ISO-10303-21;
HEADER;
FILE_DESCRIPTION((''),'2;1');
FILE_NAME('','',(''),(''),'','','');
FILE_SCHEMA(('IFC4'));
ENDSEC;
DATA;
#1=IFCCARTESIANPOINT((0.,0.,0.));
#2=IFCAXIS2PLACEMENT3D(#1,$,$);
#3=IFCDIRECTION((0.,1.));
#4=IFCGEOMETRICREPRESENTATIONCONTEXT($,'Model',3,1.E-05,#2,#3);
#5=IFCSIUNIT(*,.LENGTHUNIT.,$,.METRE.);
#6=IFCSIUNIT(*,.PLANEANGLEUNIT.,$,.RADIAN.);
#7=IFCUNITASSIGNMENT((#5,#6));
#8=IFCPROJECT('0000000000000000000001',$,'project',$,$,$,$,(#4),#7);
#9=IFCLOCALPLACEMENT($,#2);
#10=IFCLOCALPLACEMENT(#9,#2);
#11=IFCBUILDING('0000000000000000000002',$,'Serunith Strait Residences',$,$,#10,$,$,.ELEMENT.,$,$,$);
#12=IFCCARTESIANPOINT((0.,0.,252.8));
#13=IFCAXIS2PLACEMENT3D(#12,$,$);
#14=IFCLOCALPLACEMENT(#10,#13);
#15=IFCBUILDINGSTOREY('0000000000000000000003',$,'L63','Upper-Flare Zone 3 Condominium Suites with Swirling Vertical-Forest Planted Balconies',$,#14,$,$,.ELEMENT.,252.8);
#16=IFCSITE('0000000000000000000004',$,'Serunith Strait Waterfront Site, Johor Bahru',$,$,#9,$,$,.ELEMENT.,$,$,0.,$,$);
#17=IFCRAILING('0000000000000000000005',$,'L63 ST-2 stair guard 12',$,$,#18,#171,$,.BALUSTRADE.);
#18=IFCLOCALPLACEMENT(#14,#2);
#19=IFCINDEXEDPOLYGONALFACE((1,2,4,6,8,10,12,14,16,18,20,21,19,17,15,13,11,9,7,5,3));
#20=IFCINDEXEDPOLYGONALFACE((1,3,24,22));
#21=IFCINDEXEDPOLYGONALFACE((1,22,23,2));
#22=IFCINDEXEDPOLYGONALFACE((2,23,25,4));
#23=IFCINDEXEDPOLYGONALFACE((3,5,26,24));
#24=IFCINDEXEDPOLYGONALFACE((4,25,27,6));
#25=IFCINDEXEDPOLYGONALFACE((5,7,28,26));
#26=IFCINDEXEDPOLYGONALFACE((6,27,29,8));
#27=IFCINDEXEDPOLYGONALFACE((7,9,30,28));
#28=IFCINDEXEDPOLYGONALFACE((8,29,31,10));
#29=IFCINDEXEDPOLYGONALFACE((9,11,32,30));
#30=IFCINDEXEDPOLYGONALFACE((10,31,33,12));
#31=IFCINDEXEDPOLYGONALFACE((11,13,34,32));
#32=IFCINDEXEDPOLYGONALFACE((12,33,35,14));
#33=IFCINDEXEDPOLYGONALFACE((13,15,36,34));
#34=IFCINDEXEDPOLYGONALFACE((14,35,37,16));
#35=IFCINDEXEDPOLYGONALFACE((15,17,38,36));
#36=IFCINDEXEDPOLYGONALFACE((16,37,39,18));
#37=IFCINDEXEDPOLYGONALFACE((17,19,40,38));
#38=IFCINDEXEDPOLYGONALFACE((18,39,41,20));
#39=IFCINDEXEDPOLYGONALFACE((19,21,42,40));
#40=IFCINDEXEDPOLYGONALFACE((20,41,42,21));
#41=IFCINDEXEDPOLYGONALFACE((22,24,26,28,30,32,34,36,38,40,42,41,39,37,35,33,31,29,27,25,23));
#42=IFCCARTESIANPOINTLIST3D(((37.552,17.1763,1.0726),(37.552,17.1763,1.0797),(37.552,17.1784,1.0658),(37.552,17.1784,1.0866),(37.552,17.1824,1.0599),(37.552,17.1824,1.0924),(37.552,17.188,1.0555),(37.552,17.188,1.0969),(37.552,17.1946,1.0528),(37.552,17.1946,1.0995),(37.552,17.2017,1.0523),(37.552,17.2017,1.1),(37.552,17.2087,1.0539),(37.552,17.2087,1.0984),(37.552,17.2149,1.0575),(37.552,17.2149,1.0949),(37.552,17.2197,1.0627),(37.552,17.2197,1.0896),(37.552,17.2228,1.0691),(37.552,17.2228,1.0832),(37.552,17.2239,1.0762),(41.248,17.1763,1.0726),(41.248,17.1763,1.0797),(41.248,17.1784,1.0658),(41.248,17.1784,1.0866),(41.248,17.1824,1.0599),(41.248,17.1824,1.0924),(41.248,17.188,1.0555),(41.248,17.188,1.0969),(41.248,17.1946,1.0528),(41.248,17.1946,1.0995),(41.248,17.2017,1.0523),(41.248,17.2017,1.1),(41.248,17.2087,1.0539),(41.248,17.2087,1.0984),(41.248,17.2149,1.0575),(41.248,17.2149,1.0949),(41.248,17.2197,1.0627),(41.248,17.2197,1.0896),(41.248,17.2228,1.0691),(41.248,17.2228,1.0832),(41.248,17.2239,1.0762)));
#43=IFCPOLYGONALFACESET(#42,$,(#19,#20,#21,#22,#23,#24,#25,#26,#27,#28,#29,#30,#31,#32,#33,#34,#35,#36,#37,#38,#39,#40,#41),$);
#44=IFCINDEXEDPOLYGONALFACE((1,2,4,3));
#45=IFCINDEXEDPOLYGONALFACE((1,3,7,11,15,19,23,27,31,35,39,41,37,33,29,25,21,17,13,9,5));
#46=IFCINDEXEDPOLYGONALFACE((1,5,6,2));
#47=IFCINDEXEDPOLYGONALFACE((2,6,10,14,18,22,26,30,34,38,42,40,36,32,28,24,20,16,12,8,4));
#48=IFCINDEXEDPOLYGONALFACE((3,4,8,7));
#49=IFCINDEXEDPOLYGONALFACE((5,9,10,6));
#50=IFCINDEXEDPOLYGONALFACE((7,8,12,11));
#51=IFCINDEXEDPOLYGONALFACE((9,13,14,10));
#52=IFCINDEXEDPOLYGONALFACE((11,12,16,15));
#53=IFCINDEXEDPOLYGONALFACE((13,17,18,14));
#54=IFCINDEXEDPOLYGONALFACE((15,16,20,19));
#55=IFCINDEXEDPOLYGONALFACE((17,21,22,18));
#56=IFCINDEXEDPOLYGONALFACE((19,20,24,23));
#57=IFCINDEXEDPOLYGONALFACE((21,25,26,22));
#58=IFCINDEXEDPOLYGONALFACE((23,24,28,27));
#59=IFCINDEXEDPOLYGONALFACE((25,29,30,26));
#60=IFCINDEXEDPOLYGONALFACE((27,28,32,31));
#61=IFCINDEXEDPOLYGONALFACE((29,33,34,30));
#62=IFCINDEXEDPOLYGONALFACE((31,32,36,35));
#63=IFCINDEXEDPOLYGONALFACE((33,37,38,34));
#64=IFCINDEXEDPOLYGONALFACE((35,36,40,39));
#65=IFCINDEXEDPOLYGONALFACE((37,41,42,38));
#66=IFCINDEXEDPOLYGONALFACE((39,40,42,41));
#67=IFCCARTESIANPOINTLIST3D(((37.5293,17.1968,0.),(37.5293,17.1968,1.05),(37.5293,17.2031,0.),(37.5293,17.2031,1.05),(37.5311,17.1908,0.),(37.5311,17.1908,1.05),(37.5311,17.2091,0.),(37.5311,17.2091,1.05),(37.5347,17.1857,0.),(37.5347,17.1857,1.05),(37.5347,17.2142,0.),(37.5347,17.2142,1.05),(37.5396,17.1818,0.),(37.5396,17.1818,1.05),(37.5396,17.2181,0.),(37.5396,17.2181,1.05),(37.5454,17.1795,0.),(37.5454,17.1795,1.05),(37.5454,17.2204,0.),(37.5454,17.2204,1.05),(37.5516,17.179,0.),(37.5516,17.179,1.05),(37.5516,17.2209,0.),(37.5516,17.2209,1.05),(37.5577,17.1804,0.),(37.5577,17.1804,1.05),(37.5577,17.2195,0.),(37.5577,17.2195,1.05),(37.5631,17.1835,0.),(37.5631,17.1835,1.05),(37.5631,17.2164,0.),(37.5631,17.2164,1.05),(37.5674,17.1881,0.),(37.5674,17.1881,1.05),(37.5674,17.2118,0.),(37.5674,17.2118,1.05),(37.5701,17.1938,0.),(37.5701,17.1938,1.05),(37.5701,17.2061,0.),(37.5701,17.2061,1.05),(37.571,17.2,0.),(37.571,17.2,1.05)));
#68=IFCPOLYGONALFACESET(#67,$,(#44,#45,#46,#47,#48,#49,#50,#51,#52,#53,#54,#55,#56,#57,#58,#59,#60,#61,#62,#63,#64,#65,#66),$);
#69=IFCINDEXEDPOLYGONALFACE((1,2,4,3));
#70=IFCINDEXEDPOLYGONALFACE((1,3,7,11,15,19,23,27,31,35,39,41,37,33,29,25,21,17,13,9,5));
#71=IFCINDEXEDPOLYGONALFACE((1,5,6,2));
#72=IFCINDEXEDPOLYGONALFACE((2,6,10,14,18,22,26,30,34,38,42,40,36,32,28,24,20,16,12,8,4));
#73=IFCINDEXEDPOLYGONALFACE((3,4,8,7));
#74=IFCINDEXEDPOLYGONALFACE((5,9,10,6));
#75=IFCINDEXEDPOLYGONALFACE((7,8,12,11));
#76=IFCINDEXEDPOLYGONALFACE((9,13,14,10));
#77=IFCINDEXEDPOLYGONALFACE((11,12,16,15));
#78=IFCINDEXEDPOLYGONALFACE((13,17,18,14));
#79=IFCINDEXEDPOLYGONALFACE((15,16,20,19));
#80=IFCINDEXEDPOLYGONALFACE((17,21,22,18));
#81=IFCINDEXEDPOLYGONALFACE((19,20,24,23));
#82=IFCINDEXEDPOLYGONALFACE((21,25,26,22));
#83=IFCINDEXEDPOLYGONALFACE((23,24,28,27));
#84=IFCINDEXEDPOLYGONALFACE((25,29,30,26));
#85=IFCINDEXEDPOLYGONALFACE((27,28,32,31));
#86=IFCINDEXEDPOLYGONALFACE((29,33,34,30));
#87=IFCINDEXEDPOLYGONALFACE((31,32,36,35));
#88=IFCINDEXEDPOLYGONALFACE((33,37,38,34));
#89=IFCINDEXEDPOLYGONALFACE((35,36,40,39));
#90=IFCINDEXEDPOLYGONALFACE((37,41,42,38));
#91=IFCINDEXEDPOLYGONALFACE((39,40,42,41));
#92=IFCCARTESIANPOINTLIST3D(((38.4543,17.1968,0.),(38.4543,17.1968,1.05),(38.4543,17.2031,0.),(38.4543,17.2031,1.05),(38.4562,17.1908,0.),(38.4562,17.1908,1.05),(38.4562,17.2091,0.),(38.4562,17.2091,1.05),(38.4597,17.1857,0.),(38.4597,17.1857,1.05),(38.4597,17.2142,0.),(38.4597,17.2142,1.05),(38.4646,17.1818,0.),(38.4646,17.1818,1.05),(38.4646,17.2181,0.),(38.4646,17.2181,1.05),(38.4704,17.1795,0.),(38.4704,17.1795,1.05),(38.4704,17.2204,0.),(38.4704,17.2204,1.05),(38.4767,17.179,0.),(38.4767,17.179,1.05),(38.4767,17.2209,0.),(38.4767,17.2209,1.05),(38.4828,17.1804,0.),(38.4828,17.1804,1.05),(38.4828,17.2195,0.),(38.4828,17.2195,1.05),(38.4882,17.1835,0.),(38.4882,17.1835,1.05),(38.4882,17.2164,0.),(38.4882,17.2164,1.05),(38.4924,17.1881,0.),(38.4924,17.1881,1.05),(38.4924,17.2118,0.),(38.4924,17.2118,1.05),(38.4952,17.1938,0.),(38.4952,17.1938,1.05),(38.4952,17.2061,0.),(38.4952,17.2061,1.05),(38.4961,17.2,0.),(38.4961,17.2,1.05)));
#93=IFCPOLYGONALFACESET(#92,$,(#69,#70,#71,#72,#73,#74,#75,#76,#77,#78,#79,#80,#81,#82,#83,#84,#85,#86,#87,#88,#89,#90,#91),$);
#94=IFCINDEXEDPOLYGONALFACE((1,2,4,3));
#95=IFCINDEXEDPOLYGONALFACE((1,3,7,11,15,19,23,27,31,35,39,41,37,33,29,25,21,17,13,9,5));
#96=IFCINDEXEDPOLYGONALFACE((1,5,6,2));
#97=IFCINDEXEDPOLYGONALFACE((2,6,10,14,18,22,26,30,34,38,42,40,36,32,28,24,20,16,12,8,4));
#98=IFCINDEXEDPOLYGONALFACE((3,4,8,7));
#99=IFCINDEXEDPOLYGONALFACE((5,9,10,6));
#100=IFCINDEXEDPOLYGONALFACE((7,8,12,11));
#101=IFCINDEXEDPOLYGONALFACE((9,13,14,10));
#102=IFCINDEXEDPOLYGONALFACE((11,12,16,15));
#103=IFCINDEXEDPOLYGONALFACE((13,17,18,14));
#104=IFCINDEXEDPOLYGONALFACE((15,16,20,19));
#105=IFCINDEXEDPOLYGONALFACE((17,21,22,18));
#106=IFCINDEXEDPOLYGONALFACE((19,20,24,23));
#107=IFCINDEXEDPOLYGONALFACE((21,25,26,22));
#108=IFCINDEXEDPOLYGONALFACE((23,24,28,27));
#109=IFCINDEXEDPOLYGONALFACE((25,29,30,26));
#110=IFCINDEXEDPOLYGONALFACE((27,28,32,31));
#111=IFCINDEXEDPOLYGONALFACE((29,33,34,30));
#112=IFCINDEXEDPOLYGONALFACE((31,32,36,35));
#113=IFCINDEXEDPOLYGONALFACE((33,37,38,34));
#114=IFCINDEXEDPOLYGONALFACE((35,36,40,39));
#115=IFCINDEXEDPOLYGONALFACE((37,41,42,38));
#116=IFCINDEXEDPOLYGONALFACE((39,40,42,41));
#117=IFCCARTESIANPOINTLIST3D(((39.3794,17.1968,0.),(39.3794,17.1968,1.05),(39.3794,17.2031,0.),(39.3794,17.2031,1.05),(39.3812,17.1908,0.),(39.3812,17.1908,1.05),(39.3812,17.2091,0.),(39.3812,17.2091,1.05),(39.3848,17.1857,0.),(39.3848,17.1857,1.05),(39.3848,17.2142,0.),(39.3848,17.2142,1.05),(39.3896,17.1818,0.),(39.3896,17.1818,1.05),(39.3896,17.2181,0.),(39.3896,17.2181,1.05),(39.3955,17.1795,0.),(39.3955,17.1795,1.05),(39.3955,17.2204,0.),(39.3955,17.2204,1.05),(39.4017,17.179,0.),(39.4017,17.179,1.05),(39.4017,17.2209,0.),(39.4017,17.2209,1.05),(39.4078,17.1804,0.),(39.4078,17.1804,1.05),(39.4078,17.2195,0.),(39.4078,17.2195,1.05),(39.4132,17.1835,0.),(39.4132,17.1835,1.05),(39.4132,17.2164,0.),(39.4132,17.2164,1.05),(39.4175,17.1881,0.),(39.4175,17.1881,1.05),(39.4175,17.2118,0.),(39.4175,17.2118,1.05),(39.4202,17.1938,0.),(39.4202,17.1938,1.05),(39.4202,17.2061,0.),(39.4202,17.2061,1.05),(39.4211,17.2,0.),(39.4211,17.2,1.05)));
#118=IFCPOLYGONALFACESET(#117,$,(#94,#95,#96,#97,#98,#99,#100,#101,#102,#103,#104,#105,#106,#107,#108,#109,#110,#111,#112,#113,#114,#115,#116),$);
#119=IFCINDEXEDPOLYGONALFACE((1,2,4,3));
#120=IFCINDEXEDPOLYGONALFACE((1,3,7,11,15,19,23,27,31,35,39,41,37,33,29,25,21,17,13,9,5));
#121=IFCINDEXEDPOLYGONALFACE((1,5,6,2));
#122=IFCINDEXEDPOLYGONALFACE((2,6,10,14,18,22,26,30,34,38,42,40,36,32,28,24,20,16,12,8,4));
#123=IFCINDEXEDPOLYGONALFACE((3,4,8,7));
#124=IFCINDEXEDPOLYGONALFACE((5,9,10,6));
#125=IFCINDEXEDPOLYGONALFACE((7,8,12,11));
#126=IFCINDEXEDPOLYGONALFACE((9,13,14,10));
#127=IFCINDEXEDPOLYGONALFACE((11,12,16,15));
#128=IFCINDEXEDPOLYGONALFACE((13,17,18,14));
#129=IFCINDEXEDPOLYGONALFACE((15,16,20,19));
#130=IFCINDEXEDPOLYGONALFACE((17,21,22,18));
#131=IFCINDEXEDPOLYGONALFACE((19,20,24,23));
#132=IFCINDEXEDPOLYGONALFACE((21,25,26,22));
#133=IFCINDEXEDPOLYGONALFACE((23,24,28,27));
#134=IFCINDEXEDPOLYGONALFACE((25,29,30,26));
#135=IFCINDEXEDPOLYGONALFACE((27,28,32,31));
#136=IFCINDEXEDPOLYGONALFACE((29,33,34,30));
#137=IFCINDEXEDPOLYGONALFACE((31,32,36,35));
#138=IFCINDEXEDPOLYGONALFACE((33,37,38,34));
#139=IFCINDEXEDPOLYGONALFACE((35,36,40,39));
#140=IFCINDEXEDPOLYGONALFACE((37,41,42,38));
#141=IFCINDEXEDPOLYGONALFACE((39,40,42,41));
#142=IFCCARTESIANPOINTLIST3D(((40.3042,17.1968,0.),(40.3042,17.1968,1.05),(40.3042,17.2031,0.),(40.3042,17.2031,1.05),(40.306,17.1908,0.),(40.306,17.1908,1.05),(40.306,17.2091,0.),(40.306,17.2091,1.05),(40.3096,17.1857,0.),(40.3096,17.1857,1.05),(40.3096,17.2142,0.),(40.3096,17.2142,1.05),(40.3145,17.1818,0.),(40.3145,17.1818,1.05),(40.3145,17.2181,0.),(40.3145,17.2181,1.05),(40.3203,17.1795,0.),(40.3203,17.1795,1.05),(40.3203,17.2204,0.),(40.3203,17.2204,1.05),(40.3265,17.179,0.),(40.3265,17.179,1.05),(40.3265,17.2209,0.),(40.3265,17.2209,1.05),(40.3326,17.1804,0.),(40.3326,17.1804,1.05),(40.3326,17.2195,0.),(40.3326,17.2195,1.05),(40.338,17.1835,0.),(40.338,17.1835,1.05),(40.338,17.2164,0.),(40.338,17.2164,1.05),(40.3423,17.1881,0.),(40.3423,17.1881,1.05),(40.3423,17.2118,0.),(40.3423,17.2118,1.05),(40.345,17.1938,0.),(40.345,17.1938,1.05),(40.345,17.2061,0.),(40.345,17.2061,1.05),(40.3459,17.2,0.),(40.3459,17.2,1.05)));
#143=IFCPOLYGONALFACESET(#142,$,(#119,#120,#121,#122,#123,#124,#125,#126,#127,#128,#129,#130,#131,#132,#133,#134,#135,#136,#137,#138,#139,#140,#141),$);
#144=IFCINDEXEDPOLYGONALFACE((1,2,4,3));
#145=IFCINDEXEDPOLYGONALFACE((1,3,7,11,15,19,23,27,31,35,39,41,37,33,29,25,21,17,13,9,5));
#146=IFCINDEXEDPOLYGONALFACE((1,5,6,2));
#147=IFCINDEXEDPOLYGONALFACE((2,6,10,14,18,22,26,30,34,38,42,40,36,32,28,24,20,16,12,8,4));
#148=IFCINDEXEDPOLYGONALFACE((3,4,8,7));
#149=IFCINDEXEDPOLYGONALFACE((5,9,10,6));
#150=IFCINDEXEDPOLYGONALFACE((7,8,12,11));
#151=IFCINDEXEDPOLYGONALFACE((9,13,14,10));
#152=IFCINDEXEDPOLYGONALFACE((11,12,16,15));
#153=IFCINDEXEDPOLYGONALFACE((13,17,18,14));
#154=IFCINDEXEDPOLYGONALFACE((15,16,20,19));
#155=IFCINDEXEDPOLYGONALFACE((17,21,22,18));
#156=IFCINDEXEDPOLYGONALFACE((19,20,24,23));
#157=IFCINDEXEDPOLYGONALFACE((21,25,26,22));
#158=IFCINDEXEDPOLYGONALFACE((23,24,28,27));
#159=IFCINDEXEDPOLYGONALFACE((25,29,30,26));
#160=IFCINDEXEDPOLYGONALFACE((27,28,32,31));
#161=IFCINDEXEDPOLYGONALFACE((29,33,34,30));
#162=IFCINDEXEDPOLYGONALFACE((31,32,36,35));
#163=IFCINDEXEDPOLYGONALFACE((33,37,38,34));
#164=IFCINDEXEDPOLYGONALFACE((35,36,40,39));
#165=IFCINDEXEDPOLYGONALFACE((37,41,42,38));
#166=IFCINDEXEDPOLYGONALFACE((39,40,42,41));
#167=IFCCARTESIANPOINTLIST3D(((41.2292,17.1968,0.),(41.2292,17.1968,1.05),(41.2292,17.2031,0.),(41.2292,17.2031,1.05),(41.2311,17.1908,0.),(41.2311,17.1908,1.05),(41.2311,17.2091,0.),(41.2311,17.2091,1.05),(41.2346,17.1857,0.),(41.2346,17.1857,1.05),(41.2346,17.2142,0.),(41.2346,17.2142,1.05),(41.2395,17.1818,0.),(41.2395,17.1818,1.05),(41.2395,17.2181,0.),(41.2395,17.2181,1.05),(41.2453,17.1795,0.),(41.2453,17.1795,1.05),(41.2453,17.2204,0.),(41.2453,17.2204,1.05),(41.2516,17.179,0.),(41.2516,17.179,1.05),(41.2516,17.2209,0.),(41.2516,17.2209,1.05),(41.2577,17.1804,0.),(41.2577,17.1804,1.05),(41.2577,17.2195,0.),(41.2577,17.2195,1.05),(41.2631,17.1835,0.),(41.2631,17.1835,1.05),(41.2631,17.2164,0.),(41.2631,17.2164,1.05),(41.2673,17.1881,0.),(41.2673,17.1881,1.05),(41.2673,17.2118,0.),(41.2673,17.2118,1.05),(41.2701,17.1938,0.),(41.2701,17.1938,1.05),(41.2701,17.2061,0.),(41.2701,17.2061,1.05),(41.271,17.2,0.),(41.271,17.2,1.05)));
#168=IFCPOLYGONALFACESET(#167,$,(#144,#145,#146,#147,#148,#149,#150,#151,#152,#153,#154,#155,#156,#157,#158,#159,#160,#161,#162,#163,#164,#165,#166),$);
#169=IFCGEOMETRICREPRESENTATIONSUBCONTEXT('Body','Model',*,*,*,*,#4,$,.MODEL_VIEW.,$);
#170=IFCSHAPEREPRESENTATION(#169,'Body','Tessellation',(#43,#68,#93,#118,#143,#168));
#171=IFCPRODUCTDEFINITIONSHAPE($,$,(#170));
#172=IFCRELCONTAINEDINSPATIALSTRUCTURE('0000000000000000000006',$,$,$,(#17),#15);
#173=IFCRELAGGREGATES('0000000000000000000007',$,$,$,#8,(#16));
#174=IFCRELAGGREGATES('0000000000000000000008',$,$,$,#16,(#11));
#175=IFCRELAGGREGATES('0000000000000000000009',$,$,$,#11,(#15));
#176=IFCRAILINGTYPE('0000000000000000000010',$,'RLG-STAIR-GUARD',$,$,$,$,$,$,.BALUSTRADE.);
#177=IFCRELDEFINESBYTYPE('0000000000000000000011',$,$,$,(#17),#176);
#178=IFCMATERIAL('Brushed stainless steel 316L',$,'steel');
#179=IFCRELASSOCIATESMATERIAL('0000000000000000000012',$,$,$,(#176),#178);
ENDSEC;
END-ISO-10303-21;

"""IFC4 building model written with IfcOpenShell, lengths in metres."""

from ifc_helpers import new_model, si_unit, direction, frame, origin, origin_2d, place, context, subcontext, project, spatial, circle, extrude, material, type_object, element, save


model = new_model("IFC4")

# Units and contexts
model_context = context("Model", 3, precision=1e-05, world=origin(), true_north=direction((0.0, 1.0)))
body_context = subcontext(model_context, "Body", "Model", "MODEL_VIEW")
ifc_project = project(units=[si_unit("LENGTHUNIT", "METRE"), si_unit("PLANEANGLEUNIT", "RADIAN")], contexts=[model_context])

# Site, building, storey
site_placement = place(None, origin())
site = spatial("IfcSite", under=ifc_project, at=site_placement, Name="Serunith Strait Waterfront Site, Johor Bahru", CompositionType="ELEMENT", RefElevation=0.0)
building_placement = place(site_placement, origin())
building = spatial("IfcBuilding", under=site, at=building_placement, Name="Serunith Strait Residences", CompositionType="ELEMENT")
storey_placement = place(building_placement, frame((0.0, 0.0, 252.8)))
storey = spatial("IfcBuildingStorey", under=building, at=storey_placement, Name="L63", Description="Upper-Flare Zone 3 Condominium Suites with Swirling Vertical-Forest Planted Balconies", CompositionType="ELEMENT", Elevation=252.8)

# Railing
ifc_material_1 = material(Name="Brushed stainless steel 316L", Category="steel")
railing_type_1 = type_object("IfcRailingType", Name="RLG-STAIR-GUARD", PredefinedType="BALUSTRADE", material=ifc_material_1)
railing_1_placement = place(storey_placement, frame((37.55, 17.2, 0.0)))
element("IfcRailing", 1, at=railing_1_placement, inside=storey, type_object=railing_type_1, Name="L63 ST-2 stair guard 12", PredefinedType="BALUSTRADE", context=body_context, shape_type="SweptSolid", body=[
    extrude(circle(Radius=0.0239, at=origin_2d()), frame((0.002, 0.0, 1.0762), z_axis=(1.0, 0.0, 0.0), x_axis=(0.0, 1.0, 0.0)), (0.0, 0.0, 1.0), 3.696),
    extrude(circle(Radius=0.021, at=origin_2d()), origin(), (0.0, 0.0, 1.0), 1.05),
    extrude(circle(Radius=0.021, at=origin_2d()), frame((0.925, 0.0, 0.0)), (0.0, 0.0, 1.0), 1.05),
    extrude(circle(Radius=0.021, at=origin_2d()), frame((1.8501, 0.0, 0.0)), (0.0, 0.0, 1.0), 1.05),
    extrude(circle(Radius=0.021, at=origin_2d()), frame((2.7749, 0.0, 0.0)), (0.0, 0.0, 1.0), 1.05),
    extrude(circle(Radius=0.021, at=origin_2d()), frame((3.7, 0.0, 0.0)), (0.0, 0.0, 1.0), 1.05),
])

save(model, "model.ifc")
